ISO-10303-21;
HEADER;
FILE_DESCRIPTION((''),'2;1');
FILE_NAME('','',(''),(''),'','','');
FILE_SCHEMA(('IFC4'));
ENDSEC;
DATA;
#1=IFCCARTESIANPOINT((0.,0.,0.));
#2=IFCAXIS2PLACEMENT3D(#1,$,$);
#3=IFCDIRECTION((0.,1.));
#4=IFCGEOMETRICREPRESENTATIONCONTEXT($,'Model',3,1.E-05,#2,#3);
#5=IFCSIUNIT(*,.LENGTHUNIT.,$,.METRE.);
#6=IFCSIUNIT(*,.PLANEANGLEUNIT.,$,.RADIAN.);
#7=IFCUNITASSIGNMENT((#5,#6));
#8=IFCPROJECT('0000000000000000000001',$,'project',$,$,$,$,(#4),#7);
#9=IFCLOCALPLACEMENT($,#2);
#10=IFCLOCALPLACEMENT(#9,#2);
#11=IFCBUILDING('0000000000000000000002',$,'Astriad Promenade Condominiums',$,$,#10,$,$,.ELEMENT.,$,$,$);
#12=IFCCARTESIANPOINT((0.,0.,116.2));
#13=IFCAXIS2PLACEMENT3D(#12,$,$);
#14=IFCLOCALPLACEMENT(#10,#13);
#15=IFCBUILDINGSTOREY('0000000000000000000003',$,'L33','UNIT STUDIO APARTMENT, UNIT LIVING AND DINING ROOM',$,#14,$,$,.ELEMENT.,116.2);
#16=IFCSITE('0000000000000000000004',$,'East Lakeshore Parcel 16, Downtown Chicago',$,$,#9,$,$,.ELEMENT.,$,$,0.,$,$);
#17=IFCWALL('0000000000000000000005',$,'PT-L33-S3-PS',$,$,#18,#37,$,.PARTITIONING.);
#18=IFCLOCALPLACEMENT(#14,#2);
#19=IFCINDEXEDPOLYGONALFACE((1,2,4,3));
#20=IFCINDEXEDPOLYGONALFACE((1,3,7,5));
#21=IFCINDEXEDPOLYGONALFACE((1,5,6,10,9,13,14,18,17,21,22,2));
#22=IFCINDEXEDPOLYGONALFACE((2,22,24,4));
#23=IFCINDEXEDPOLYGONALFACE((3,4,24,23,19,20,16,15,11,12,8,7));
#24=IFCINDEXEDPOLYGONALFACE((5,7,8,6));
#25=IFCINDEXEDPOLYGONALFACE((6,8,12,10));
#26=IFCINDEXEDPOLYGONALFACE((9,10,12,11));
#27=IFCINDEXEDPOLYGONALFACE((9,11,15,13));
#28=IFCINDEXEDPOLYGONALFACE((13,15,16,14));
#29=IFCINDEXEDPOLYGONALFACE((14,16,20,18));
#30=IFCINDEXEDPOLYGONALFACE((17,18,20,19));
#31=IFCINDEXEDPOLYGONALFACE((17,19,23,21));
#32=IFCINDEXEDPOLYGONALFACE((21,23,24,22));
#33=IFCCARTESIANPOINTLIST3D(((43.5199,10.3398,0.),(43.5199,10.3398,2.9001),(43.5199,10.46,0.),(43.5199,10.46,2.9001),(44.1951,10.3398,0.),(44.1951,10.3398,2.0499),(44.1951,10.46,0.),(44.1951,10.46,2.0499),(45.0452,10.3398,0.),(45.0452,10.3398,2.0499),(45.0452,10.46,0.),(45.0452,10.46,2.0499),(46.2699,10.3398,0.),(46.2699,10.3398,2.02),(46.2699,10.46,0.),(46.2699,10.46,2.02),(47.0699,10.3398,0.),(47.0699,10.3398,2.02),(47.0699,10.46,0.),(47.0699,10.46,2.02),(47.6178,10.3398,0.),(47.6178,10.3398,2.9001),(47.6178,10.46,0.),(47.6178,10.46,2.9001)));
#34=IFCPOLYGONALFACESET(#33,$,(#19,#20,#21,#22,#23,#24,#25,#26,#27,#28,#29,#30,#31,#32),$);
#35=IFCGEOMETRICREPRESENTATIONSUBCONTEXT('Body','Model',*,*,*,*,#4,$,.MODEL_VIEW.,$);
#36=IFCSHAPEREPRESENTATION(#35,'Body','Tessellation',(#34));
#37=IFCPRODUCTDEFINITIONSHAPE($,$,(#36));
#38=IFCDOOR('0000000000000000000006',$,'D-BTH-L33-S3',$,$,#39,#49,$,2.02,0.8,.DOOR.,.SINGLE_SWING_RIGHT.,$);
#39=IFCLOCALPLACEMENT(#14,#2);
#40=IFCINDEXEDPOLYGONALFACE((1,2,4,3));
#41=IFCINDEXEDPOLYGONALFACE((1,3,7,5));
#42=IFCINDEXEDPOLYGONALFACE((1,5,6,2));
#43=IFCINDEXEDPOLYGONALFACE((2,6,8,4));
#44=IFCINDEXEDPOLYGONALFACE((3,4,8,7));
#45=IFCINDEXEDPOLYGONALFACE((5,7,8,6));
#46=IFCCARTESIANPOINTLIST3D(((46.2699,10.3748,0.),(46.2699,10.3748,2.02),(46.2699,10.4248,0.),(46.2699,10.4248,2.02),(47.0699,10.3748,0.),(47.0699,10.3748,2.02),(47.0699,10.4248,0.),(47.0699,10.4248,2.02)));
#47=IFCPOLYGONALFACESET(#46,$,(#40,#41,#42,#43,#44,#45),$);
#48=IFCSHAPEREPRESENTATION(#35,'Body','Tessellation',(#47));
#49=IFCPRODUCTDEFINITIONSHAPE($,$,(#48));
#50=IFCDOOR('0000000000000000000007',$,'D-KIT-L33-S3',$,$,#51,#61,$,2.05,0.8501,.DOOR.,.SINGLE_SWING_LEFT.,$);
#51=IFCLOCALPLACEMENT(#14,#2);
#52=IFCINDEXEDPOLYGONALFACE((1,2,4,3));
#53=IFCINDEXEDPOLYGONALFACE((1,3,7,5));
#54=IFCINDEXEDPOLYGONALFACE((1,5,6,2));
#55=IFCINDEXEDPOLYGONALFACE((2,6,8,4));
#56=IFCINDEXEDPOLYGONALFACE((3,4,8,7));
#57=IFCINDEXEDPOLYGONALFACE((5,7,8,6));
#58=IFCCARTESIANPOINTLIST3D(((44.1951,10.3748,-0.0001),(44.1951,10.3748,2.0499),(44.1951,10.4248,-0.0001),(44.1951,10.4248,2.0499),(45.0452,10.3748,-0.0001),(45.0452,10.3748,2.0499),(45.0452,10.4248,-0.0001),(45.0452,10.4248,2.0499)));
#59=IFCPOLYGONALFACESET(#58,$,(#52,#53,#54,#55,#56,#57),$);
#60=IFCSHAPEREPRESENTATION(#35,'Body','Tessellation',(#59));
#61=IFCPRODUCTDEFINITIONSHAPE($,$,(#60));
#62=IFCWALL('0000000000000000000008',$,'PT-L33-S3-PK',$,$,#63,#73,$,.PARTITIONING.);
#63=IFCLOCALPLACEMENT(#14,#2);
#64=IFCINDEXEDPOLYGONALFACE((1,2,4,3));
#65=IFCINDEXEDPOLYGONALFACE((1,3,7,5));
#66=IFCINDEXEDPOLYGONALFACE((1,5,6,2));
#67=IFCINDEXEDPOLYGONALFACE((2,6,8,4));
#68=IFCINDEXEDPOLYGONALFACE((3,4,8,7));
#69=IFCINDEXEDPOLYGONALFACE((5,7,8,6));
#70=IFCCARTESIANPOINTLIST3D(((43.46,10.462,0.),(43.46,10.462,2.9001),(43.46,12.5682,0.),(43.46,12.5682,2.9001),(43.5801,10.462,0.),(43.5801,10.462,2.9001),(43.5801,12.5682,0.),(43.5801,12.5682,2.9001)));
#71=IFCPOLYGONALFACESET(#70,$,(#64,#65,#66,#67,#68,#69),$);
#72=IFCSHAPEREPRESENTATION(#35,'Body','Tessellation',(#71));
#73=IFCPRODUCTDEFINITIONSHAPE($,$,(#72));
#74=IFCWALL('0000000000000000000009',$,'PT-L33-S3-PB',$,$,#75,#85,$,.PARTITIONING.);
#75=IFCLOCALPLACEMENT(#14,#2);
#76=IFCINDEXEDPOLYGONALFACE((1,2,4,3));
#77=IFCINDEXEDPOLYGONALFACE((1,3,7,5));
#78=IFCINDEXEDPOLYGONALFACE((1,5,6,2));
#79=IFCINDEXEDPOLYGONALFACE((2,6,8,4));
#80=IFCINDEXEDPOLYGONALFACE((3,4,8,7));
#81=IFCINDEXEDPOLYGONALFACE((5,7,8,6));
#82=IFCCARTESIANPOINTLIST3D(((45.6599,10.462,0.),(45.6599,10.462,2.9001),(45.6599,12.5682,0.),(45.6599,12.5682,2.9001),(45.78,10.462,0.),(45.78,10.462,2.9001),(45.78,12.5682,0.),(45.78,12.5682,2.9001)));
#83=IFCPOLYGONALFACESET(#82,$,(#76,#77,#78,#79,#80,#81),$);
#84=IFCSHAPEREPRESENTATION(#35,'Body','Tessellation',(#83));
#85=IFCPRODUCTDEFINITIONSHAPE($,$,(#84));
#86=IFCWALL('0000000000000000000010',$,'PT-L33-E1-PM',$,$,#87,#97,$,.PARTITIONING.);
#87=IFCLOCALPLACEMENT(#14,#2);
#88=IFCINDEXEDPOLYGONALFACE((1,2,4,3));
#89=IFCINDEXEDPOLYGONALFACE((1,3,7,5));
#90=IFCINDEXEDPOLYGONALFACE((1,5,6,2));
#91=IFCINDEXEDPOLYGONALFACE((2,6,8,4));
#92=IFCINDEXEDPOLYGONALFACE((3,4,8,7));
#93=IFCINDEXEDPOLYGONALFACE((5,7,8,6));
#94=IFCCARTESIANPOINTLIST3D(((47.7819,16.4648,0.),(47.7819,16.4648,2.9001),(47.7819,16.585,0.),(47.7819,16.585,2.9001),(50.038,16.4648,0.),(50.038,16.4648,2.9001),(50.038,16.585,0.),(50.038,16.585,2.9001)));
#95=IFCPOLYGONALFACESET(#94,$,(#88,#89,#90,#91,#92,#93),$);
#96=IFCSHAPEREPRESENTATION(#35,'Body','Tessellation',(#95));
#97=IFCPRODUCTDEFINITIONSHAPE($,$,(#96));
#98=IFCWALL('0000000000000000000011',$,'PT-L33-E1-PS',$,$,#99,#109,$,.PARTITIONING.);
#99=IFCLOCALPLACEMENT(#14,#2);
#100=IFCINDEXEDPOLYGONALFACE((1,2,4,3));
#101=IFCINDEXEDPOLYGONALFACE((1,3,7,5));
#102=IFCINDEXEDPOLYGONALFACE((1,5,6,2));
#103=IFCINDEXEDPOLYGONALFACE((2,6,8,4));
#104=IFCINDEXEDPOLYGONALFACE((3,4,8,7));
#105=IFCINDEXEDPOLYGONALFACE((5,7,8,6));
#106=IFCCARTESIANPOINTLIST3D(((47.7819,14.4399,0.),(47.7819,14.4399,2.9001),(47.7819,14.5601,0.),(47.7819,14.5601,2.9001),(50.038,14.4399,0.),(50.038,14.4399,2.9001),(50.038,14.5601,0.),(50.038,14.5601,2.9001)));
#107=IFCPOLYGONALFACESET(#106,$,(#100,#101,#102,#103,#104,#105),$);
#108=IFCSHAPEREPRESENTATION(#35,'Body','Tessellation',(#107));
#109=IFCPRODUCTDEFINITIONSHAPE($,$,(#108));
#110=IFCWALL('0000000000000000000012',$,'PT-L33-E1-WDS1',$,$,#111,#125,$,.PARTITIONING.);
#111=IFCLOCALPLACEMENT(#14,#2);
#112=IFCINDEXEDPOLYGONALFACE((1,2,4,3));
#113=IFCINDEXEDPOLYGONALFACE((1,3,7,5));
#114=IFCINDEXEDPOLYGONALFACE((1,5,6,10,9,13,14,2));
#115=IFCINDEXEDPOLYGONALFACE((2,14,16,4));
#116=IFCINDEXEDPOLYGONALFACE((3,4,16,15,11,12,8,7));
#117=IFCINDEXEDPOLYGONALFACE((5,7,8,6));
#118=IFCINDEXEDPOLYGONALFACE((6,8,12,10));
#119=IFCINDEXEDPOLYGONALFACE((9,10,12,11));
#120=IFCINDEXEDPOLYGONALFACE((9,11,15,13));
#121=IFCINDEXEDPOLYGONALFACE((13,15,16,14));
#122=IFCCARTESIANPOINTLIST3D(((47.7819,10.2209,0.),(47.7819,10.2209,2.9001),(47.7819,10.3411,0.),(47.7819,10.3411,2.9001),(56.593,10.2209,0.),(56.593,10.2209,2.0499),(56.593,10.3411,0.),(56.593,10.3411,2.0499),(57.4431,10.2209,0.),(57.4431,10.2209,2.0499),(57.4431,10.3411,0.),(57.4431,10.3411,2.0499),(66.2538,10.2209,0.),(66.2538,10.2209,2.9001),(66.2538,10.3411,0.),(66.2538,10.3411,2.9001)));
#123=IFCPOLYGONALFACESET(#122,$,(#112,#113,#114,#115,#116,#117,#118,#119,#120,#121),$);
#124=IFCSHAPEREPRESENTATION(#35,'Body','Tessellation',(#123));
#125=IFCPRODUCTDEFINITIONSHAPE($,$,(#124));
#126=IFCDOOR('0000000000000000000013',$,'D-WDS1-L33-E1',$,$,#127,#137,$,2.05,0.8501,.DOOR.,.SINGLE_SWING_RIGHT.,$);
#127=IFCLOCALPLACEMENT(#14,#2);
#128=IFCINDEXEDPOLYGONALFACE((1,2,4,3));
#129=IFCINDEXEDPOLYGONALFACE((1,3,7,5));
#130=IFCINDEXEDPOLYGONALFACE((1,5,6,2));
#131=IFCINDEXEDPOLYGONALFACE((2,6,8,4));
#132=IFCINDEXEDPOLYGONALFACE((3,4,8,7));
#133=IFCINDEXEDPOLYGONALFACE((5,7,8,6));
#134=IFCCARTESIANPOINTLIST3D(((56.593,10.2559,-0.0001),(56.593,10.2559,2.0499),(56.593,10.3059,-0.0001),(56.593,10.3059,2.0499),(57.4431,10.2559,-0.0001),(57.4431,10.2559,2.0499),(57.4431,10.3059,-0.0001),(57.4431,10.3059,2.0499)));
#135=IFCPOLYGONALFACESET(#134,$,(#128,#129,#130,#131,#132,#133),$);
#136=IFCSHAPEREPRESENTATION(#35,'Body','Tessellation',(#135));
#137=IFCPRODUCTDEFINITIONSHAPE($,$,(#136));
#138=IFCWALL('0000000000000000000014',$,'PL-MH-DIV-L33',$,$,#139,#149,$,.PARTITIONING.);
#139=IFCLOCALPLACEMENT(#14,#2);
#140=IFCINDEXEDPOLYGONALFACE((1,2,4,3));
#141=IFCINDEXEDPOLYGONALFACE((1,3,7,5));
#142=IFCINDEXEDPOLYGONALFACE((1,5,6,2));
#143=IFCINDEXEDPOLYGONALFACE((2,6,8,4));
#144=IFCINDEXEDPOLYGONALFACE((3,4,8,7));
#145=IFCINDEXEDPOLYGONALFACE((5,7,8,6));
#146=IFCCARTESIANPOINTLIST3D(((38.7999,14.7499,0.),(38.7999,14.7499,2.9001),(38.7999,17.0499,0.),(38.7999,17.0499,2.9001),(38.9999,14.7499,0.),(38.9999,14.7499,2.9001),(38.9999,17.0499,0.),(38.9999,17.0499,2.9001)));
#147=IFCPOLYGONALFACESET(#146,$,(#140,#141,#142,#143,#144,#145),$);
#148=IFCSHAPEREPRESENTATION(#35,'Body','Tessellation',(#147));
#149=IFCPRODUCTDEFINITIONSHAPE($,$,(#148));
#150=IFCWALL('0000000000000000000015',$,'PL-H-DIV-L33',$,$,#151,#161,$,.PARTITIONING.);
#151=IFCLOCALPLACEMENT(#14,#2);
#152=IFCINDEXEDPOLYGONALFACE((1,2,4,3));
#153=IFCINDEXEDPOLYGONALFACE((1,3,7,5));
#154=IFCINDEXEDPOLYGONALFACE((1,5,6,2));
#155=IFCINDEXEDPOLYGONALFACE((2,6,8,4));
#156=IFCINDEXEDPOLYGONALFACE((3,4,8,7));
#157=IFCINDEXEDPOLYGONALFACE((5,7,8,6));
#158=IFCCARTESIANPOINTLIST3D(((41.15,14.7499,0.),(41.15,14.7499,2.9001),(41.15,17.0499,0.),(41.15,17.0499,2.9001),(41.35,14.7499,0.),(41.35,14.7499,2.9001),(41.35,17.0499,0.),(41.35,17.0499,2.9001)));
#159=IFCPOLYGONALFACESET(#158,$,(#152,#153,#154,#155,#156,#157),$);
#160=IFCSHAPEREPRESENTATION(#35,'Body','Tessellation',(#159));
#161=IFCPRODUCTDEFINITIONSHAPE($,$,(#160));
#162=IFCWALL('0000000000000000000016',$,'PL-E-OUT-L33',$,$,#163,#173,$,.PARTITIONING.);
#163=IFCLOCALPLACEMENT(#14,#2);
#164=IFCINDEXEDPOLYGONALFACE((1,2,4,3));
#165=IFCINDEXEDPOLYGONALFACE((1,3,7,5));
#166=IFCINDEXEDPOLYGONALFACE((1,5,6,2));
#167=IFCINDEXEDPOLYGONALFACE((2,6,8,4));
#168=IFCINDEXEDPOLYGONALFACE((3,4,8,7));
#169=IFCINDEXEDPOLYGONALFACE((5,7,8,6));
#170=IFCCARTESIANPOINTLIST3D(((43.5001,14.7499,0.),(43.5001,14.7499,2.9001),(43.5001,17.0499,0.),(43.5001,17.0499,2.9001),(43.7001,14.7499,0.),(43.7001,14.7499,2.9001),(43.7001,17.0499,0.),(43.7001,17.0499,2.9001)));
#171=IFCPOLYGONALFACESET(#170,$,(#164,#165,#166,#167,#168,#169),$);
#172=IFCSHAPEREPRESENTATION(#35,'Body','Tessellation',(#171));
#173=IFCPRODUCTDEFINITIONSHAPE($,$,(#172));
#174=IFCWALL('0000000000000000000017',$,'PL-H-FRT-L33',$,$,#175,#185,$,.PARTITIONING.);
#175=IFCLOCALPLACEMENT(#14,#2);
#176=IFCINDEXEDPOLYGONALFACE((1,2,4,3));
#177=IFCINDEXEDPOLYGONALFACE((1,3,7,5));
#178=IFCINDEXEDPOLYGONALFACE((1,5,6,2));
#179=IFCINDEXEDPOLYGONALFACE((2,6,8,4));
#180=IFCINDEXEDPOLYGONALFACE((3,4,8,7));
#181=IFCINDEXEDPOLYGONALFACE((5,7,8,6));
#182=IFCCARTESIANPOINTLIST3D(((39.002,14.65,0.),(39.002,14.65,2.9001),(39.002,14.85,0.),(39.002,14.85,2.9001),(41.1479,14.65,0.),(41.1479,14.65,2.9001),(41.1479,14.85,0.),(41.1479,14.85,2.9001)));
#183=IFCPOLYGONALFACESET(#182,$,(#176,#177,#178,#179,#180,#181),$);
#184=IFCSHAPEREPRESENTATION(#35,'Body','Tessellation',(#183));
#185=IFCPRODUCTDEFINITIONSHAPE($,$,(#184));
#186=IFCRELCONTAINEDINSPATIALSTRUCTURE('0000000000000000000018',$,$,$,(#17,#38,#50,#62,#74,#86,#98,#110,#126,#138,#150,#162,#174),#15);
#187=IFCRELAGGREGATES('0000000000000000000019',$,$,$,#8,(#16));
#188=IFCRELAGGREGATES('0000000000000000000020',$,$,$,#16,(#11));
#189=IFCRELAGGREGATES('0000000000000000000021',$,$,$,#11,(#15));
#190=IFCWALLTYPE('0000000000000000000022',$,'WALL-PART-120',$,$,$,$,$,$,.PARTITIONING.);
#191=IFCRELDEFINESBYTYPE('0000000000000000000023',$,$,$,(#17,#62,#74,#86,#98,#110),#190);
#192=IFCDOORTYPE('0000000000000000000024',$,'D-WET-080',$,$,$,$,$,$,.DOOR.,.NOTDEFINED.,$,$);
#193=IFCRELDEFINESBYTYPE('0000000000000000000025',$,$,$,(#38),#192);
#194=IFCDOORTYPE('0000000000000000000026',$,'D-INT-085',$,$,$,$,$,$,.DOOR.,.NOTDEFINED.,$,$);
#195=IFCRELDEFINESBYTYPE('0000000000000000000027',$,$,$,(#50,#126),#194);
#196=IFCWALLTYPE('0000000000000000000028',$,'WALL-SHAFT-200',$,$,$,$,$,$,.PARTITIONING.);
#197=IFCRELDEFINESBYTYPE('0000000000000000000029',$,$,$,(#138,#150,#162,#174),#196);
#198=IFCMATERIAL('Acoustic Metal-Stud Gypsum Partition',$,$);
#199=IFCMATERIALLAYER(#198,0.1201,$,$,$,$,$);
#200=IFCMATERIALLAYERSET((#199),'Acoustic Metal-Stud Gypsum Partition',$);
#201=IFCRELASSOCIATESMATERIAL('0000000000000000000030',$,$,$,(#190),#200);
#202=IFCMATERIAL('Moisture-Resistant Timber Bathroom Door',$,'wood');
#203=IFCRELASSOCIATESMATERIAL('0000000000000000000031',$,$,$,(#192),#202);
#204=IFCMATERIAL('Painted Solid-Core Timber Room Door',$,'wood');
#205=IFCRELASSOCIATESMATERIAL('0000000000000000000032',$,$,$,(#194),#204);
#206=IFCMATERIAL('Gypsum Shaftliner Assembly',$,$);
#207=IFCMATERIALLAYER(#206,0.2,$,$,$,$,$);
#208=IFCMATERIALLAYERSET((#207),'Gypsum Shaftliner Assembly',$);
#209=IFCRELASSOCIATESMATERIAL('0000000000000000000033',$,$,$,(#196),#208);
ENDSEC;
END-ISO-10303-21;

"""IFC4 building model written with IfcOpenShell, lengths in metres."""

from ifc_helpers import new_model, si_unit, direction, frame, frame_2d, origin, place, context, subcontext, project, spatial, rectangle, extrude, source, transform, mapped, material, layer, layer_set, type_object, type_shapes, element, fill, save


model = new_model("IFC4")

# Units and contexts
model_context = context("Model", 3, precision=1e-05, world=origin(), true_north=direction((0.0, 1.0)))
body_context = subcontext(model_context, "Body", "Model", "MODEL_VIEW")
ifc_project = project(units=[si_unit("LENGTHUNIT", "METRE"), si_unit("PLANEANGLEUNIT", "RADIAN")], contexts=[model_context])

# Site, building, storey
site_placement = place(None, origin())
site = spatial("IfcSite", under=ifc_project, at=site_placement, Name="East Lakeshore Parcel 16, Downtown Chicago", CompositionType="ELEMENT", RefElevation=0.0)
building_placement = place(site_placement, origin())
building = spatial("IfcBuilding", under=site, at=building_placement, Name="Astriad Promenade Condominiums", CompositionType="ELEMENT")
storey_placement = place(building_placement, frame((0.0, 0.0, 116.2)))
storey = spatial("IfcBuildingStorey", under=building, at=storey_placement, Name="L33", Description="UNIT STUDIO APARTMENT, UNIT LIVING AND DINING ROOM", CompositionType="ELEMENT", Elevation=116.2)

# Wall, openings, doors
ifc_material_1 = material(Name="Acoustic Metal-Stud Gypsum Partition")
ifc_layer_1 = layer(ifc_material_1, 0.1201)
ifc_layer_set_1 = layer_set([ifc_layer_1], Name="Acoustic Metal-Stud Gypsum Partition")
wall_type_1 = type_object("IfcWallType", Name="WALL-PART-120", PredefinedType="PARTITIONING", material=ifc_layer_set_1)
wall_1_placement = place(storey_placement, frame((43.52, 10.3999, 0.0), z_axis=(0.0, 0.0, 1.0), x_axis=(1.0, 0.0, 0.0)))
wall_1 = element("IfcWall", 1, at=wall_1_placement, inside=storey, type_object=wall_type_1, Name="PT-L33-S3-PS", PredefinedType="PARTITIONING", context=body_context, shape_type="SweptSolid", body=[
    extrude(rectangle(XDim=4.0979, YDim=0.1201, at=frame_2d((2.0488, 0.0))), origin(), (0.0, 0.0, 1.0), 2.9001),
])
opening_1_placement = place(wall_1_placement, frame((0.675, 0.0, 0.0)))
opening_1 = element("IfcOpeningElement", 2, at=opening_1_placement, cuts=wall_1, PredefinedType="OPENING", context=body_context, shape_type="SweptSolid", body=[
    extrude(rectangle(XDim=0.8501, YDim=2.05, at=frame_2d((0.425, 1.0249))), frame((0.0, 0.0701, 0.0), z_axis=(0.0, -1.0, 0.0), x_axis=(1.0, 0.0, 0.0)), (0.0, 0.0, 1.0), 0.1401),
])
opening_2_placement = place(wall_1_placement, frame((2.75, 0.0, 0.0)))
opening_2 = element("IfcOpeningElement", 3, at=opening_2_placement, cuts=wall_1, PredefinedType="OPENING", context=body_context, shape_type="SweptSolid", body=[
    extrude(rectangle(XDim=0.8, YDim=2.02, at=frame_2d((0.3999, 1.01))), frame((0.0, 0.0701, 0.0), z_axis=(0.0, -1.0, 0.0), x_axis=(1.0, 0.0, 0.0)), (0.0, 0.0, 1.0), 0.1401),
])
ifc_material_2 = material(Name="Moisture-Resistant Timber Bathroom Door", Category="wood")
door_type_1 = type_object("IfcDoorType", Name="D-WET-080", OperationType="NOTDEFINED", PredefinedType="DOOR", material=ifc_material_2)
shared_shape_1 = source(origin(), body_context, "Body", "SweptSolid", [
    extrude(rectangle(XDim=0.8, YDim=2.02, at=frame_2d((0.3999, 1.01))), frame((0.0, 0.0249, 0.0), z_axis=(0.0, -1.0, 0.0), x_axis=(1.0, 0.0, 0.0)), (0.0, 0.0, 1.0), 0.05),
])
type_shapes(door_type_1, [shared_shape_1])
door_1_placement = place(opening_2_placement, origin())
door_1 = element("IfcDoor", 4, at=door_1_placement, inside=storey, type_object=door_type_1, Name="D-BTH-L33-S3", OperationType="SINGLE_SWING_RIGHT", OverallHeight=2.02, OverallWidth=0.8, PredefinedType="DOOR", context=body_context, shape_type="MappedRepresentation", body=[
    mapped(shared_shape_1, transform((0.0, 0.0, 0.0), scale=1.0)),
])
fill(opening_2, door_1)
ifc_material_3 = material(Name="Painted Solid-Core Timber Room Door", Category="wood")
door_type_2 = type_object("IfcDoorType", Name="D-INT-085", OperationType="NOTDEFINED", PredefinedType="DOOR", material=ifc_material_3)
shared_shape_2 = source(origin(), body_context, "Body", "SweptSolid", [
    extrude(rectangle(XDim=0.8501, YDim=2.05, at=frame_2d((0.425, 1.0249))), frame((0.0, 0.0249, 0.0), z_axis=(0.0, -1.0, 0.0), x_axis=(1.0, 0.0, 0.0)), (0.0, 0.0, 1.0), 0.05),
])
type_shapes(door_type_2, [shared_shape_2])
door_2_placement = place(opening_1_placement, origin())
door_2 = element("IfcDoor", 5, at=door_2_placement, inside=storey, type_object=door_type_2, Name="D-KIT-L33-S3", OperationType="SINGLE_SWING_LEFT", OverallHeight=2.05, OverallWidth=0.8501, PredefinedType="DOOR", context=body_context, shape_type="MappedRepresentation", body=[
    mapped(shared_shape_2, transform((0.0, 0.0, 0.0), scale=1.0)),
])
fill(opening_1, door_2)

# Walls
for number, where, z_axis, x_axis, name in (
    (6, (43.52, 10.4619, 0.0), (0.0, 0.0, 1.0), (0.0, 1.0, 0.0), "PT-L33-S3-PK"),
    (7, (45.72, 10.4619, 0.0), (0.0, 0.0, 1.0), (0.0, 1.0, 0.0), "PT-L33-S3-PB"),
):
    element("IfcWall", number, at=place(storey_placement, frame(where, z_axis=z_axis, x_axis=x_axis)), inside=storey, type_object=wall_type_1, Name=name, PredefinedType="PARTITIONING", context=body_context, shape_type="SweptSolid", body=[
        extrude(rectangle(XDim=2.1062, YDim=0.1201, at=frame_2d((1.0532, 0.0))), origin(), (0.0, 0.0, 1.0), 2.9001),
    ])
for number, where, z_axis, x_axis, name in (
    (8, (47.782, 16.5249, 0.0), (0.0, 0.0, 1.0), (1.0, 0.0, 0.0), "PT-L33-E1-PM"),
    (9, (47.782, 14.5, 0.0), (0.0, 0.0, 1.0), (1.0, 0.0, 0.0), "PT-L33-E1-PS"),
):
    element("IfcWall", number, at=place(storey_placement, frame(where, z_axis=z_axis, x_axis=x_axis)), inside=storey, type_object=wall_type_1, Name=name, PredefinedType="PARTITIONING", context=body_context, shape_type="SweptSolid", body=[
        extrude(rectangle(XDim=2.2561, YDim=0.1201, at=frame_2d((1.1279, 0.0))), origin(), (0.0, 0.0, 1.0), 2.9001),
    ])

# Wall, opening, door
wall_2_placement = place(storey_placement, frame((47.782, 10.281, 0.0), z_axis=(0.0, 0.0, 1.0), x_axis=(1.0, 0.0, 0.0)))
wall_2 = element("IfcWall", 10, at=wall_2_placement, inside=storey, type_object=wall_type_1, Name="PT-L33-E1-WDS1", PredefinedType="PARTITIONING", context=body_context, shape_type="SweptSolid", body=[
    extrude(rectangle(XDim=18.4719, YDim=0.1201, at=frame_2d((9.2358, 0.0))), origin(), (0.0, 0.0, 1.0), 2.9001),
])
opening_3_placement = place(wall_2_placement, frame((8.811, 0.0, 0.0)))
opening_3 = element("IfcOpeningElement", 11, at=opening_3_placement, cuts=wall_2, PredefinedType="OPENING", context=body_context, shape_type="SweptSolid", body=[
    extrude(rectangle(XDim=0.8501, YDim=2.05, at=frame_2d((0.425, 1.0249))), frame((0.0, 0.0701, 0.0), z_axis=(0.0, -1.0, 0.0), x_axis=(1.0, 0.0, 0.0)), (0.0, 0.0, 1.0), 0.1401),
])
door_3_placement = place(opening_3_placement, origin())
door_3 = element("IfcDoor", 12, at=door_3_placement, inside=storey, type_object=door_type_2, Name="D-WDS1-L33-E1", OperationType="SINGLE_SWING_RIGHT", OverallHeight=2.05, OverallWidth=0.8501, PredefinedType="DOOR", context=body_context, shape_type="MappedRepresentation", body=[
    mapped(shared_shape_2, transform((0.0, 0.0, 0.0), scale=1.0)),
])
fill(opening_3, door_3)

# Walls
ifc_material_4 = material(Name="Gypsum Shaftliner Assembly")
ifc_layer_2 = layer(ifc_material_4, 0.2)
ifc_layer_set_2 = layer_set([ifc_layer_2], Name="Gypsum Shaftliner Assembly")
wall_type_2 = type_object("IfcWallType", Name="WALL-SHAFT-200", PredefinedType="PARTITIONING", material=ifc_layer_set_2)
for number, where, z_axis, x_axis, name in (
    (13, (38.8999, 14.75, 0.0), (0.0, 0.0, 1.0), (0.0, 1.0, 0.0), "PL-MH-DIV-L33"),
    (14, (41.25, 14.75, 0.0), (0.0, 0.0, 1.0), (0.0, 1.0, 0.0), "PL-H-DIV-L33"),
    (15, (43.6001, 14.75, 0.0), (0.0, 0.0, 1.0), (0.0, 1.0, 0.0), "PL-E-OUT-L33"),
):
    element("IfcWall", number, at=place(storey_placement, frame(where, z_axis=z_axis, x_axis=x_axis)), inside=storey, type_object=wall_type_2, Name=name, PredefinedType="PARTITIONING", context=body_context, shape_type="SweptSolid", body=[
        extrude(rectangle(XDim=2.3, YDim=0.2, at=frame_2d((1.1499, 0.0))), origin(), (0.0, 0.0, 1.0), 2.9001),
    ])
for number, where, z_axis, x_axis, name in (
    (16, (39.002, 14.75, 0.0), (0.0, 0.0, 1.0), (1.0, 0.0, 0.0), "PL-H-FRT-L33"),
):
    element("IfcWall", number, at=place(storey_placement, frame(where, z_axis=z_axis, x_axis=x_axis)), inside=storey, type_object=wall_type_2, Name=name, PredefinedType="PARTITIONING", context=body_context, shape_type="SweptSolid", body=[
        extrude(rectangle(XDim=2.146, YDim=0.2, at=frame_2d((1.073, 0.0))), origin(), (0.0, 0.0, 1.0), 2.9001),
    ])

save(model, "model.ifc")
